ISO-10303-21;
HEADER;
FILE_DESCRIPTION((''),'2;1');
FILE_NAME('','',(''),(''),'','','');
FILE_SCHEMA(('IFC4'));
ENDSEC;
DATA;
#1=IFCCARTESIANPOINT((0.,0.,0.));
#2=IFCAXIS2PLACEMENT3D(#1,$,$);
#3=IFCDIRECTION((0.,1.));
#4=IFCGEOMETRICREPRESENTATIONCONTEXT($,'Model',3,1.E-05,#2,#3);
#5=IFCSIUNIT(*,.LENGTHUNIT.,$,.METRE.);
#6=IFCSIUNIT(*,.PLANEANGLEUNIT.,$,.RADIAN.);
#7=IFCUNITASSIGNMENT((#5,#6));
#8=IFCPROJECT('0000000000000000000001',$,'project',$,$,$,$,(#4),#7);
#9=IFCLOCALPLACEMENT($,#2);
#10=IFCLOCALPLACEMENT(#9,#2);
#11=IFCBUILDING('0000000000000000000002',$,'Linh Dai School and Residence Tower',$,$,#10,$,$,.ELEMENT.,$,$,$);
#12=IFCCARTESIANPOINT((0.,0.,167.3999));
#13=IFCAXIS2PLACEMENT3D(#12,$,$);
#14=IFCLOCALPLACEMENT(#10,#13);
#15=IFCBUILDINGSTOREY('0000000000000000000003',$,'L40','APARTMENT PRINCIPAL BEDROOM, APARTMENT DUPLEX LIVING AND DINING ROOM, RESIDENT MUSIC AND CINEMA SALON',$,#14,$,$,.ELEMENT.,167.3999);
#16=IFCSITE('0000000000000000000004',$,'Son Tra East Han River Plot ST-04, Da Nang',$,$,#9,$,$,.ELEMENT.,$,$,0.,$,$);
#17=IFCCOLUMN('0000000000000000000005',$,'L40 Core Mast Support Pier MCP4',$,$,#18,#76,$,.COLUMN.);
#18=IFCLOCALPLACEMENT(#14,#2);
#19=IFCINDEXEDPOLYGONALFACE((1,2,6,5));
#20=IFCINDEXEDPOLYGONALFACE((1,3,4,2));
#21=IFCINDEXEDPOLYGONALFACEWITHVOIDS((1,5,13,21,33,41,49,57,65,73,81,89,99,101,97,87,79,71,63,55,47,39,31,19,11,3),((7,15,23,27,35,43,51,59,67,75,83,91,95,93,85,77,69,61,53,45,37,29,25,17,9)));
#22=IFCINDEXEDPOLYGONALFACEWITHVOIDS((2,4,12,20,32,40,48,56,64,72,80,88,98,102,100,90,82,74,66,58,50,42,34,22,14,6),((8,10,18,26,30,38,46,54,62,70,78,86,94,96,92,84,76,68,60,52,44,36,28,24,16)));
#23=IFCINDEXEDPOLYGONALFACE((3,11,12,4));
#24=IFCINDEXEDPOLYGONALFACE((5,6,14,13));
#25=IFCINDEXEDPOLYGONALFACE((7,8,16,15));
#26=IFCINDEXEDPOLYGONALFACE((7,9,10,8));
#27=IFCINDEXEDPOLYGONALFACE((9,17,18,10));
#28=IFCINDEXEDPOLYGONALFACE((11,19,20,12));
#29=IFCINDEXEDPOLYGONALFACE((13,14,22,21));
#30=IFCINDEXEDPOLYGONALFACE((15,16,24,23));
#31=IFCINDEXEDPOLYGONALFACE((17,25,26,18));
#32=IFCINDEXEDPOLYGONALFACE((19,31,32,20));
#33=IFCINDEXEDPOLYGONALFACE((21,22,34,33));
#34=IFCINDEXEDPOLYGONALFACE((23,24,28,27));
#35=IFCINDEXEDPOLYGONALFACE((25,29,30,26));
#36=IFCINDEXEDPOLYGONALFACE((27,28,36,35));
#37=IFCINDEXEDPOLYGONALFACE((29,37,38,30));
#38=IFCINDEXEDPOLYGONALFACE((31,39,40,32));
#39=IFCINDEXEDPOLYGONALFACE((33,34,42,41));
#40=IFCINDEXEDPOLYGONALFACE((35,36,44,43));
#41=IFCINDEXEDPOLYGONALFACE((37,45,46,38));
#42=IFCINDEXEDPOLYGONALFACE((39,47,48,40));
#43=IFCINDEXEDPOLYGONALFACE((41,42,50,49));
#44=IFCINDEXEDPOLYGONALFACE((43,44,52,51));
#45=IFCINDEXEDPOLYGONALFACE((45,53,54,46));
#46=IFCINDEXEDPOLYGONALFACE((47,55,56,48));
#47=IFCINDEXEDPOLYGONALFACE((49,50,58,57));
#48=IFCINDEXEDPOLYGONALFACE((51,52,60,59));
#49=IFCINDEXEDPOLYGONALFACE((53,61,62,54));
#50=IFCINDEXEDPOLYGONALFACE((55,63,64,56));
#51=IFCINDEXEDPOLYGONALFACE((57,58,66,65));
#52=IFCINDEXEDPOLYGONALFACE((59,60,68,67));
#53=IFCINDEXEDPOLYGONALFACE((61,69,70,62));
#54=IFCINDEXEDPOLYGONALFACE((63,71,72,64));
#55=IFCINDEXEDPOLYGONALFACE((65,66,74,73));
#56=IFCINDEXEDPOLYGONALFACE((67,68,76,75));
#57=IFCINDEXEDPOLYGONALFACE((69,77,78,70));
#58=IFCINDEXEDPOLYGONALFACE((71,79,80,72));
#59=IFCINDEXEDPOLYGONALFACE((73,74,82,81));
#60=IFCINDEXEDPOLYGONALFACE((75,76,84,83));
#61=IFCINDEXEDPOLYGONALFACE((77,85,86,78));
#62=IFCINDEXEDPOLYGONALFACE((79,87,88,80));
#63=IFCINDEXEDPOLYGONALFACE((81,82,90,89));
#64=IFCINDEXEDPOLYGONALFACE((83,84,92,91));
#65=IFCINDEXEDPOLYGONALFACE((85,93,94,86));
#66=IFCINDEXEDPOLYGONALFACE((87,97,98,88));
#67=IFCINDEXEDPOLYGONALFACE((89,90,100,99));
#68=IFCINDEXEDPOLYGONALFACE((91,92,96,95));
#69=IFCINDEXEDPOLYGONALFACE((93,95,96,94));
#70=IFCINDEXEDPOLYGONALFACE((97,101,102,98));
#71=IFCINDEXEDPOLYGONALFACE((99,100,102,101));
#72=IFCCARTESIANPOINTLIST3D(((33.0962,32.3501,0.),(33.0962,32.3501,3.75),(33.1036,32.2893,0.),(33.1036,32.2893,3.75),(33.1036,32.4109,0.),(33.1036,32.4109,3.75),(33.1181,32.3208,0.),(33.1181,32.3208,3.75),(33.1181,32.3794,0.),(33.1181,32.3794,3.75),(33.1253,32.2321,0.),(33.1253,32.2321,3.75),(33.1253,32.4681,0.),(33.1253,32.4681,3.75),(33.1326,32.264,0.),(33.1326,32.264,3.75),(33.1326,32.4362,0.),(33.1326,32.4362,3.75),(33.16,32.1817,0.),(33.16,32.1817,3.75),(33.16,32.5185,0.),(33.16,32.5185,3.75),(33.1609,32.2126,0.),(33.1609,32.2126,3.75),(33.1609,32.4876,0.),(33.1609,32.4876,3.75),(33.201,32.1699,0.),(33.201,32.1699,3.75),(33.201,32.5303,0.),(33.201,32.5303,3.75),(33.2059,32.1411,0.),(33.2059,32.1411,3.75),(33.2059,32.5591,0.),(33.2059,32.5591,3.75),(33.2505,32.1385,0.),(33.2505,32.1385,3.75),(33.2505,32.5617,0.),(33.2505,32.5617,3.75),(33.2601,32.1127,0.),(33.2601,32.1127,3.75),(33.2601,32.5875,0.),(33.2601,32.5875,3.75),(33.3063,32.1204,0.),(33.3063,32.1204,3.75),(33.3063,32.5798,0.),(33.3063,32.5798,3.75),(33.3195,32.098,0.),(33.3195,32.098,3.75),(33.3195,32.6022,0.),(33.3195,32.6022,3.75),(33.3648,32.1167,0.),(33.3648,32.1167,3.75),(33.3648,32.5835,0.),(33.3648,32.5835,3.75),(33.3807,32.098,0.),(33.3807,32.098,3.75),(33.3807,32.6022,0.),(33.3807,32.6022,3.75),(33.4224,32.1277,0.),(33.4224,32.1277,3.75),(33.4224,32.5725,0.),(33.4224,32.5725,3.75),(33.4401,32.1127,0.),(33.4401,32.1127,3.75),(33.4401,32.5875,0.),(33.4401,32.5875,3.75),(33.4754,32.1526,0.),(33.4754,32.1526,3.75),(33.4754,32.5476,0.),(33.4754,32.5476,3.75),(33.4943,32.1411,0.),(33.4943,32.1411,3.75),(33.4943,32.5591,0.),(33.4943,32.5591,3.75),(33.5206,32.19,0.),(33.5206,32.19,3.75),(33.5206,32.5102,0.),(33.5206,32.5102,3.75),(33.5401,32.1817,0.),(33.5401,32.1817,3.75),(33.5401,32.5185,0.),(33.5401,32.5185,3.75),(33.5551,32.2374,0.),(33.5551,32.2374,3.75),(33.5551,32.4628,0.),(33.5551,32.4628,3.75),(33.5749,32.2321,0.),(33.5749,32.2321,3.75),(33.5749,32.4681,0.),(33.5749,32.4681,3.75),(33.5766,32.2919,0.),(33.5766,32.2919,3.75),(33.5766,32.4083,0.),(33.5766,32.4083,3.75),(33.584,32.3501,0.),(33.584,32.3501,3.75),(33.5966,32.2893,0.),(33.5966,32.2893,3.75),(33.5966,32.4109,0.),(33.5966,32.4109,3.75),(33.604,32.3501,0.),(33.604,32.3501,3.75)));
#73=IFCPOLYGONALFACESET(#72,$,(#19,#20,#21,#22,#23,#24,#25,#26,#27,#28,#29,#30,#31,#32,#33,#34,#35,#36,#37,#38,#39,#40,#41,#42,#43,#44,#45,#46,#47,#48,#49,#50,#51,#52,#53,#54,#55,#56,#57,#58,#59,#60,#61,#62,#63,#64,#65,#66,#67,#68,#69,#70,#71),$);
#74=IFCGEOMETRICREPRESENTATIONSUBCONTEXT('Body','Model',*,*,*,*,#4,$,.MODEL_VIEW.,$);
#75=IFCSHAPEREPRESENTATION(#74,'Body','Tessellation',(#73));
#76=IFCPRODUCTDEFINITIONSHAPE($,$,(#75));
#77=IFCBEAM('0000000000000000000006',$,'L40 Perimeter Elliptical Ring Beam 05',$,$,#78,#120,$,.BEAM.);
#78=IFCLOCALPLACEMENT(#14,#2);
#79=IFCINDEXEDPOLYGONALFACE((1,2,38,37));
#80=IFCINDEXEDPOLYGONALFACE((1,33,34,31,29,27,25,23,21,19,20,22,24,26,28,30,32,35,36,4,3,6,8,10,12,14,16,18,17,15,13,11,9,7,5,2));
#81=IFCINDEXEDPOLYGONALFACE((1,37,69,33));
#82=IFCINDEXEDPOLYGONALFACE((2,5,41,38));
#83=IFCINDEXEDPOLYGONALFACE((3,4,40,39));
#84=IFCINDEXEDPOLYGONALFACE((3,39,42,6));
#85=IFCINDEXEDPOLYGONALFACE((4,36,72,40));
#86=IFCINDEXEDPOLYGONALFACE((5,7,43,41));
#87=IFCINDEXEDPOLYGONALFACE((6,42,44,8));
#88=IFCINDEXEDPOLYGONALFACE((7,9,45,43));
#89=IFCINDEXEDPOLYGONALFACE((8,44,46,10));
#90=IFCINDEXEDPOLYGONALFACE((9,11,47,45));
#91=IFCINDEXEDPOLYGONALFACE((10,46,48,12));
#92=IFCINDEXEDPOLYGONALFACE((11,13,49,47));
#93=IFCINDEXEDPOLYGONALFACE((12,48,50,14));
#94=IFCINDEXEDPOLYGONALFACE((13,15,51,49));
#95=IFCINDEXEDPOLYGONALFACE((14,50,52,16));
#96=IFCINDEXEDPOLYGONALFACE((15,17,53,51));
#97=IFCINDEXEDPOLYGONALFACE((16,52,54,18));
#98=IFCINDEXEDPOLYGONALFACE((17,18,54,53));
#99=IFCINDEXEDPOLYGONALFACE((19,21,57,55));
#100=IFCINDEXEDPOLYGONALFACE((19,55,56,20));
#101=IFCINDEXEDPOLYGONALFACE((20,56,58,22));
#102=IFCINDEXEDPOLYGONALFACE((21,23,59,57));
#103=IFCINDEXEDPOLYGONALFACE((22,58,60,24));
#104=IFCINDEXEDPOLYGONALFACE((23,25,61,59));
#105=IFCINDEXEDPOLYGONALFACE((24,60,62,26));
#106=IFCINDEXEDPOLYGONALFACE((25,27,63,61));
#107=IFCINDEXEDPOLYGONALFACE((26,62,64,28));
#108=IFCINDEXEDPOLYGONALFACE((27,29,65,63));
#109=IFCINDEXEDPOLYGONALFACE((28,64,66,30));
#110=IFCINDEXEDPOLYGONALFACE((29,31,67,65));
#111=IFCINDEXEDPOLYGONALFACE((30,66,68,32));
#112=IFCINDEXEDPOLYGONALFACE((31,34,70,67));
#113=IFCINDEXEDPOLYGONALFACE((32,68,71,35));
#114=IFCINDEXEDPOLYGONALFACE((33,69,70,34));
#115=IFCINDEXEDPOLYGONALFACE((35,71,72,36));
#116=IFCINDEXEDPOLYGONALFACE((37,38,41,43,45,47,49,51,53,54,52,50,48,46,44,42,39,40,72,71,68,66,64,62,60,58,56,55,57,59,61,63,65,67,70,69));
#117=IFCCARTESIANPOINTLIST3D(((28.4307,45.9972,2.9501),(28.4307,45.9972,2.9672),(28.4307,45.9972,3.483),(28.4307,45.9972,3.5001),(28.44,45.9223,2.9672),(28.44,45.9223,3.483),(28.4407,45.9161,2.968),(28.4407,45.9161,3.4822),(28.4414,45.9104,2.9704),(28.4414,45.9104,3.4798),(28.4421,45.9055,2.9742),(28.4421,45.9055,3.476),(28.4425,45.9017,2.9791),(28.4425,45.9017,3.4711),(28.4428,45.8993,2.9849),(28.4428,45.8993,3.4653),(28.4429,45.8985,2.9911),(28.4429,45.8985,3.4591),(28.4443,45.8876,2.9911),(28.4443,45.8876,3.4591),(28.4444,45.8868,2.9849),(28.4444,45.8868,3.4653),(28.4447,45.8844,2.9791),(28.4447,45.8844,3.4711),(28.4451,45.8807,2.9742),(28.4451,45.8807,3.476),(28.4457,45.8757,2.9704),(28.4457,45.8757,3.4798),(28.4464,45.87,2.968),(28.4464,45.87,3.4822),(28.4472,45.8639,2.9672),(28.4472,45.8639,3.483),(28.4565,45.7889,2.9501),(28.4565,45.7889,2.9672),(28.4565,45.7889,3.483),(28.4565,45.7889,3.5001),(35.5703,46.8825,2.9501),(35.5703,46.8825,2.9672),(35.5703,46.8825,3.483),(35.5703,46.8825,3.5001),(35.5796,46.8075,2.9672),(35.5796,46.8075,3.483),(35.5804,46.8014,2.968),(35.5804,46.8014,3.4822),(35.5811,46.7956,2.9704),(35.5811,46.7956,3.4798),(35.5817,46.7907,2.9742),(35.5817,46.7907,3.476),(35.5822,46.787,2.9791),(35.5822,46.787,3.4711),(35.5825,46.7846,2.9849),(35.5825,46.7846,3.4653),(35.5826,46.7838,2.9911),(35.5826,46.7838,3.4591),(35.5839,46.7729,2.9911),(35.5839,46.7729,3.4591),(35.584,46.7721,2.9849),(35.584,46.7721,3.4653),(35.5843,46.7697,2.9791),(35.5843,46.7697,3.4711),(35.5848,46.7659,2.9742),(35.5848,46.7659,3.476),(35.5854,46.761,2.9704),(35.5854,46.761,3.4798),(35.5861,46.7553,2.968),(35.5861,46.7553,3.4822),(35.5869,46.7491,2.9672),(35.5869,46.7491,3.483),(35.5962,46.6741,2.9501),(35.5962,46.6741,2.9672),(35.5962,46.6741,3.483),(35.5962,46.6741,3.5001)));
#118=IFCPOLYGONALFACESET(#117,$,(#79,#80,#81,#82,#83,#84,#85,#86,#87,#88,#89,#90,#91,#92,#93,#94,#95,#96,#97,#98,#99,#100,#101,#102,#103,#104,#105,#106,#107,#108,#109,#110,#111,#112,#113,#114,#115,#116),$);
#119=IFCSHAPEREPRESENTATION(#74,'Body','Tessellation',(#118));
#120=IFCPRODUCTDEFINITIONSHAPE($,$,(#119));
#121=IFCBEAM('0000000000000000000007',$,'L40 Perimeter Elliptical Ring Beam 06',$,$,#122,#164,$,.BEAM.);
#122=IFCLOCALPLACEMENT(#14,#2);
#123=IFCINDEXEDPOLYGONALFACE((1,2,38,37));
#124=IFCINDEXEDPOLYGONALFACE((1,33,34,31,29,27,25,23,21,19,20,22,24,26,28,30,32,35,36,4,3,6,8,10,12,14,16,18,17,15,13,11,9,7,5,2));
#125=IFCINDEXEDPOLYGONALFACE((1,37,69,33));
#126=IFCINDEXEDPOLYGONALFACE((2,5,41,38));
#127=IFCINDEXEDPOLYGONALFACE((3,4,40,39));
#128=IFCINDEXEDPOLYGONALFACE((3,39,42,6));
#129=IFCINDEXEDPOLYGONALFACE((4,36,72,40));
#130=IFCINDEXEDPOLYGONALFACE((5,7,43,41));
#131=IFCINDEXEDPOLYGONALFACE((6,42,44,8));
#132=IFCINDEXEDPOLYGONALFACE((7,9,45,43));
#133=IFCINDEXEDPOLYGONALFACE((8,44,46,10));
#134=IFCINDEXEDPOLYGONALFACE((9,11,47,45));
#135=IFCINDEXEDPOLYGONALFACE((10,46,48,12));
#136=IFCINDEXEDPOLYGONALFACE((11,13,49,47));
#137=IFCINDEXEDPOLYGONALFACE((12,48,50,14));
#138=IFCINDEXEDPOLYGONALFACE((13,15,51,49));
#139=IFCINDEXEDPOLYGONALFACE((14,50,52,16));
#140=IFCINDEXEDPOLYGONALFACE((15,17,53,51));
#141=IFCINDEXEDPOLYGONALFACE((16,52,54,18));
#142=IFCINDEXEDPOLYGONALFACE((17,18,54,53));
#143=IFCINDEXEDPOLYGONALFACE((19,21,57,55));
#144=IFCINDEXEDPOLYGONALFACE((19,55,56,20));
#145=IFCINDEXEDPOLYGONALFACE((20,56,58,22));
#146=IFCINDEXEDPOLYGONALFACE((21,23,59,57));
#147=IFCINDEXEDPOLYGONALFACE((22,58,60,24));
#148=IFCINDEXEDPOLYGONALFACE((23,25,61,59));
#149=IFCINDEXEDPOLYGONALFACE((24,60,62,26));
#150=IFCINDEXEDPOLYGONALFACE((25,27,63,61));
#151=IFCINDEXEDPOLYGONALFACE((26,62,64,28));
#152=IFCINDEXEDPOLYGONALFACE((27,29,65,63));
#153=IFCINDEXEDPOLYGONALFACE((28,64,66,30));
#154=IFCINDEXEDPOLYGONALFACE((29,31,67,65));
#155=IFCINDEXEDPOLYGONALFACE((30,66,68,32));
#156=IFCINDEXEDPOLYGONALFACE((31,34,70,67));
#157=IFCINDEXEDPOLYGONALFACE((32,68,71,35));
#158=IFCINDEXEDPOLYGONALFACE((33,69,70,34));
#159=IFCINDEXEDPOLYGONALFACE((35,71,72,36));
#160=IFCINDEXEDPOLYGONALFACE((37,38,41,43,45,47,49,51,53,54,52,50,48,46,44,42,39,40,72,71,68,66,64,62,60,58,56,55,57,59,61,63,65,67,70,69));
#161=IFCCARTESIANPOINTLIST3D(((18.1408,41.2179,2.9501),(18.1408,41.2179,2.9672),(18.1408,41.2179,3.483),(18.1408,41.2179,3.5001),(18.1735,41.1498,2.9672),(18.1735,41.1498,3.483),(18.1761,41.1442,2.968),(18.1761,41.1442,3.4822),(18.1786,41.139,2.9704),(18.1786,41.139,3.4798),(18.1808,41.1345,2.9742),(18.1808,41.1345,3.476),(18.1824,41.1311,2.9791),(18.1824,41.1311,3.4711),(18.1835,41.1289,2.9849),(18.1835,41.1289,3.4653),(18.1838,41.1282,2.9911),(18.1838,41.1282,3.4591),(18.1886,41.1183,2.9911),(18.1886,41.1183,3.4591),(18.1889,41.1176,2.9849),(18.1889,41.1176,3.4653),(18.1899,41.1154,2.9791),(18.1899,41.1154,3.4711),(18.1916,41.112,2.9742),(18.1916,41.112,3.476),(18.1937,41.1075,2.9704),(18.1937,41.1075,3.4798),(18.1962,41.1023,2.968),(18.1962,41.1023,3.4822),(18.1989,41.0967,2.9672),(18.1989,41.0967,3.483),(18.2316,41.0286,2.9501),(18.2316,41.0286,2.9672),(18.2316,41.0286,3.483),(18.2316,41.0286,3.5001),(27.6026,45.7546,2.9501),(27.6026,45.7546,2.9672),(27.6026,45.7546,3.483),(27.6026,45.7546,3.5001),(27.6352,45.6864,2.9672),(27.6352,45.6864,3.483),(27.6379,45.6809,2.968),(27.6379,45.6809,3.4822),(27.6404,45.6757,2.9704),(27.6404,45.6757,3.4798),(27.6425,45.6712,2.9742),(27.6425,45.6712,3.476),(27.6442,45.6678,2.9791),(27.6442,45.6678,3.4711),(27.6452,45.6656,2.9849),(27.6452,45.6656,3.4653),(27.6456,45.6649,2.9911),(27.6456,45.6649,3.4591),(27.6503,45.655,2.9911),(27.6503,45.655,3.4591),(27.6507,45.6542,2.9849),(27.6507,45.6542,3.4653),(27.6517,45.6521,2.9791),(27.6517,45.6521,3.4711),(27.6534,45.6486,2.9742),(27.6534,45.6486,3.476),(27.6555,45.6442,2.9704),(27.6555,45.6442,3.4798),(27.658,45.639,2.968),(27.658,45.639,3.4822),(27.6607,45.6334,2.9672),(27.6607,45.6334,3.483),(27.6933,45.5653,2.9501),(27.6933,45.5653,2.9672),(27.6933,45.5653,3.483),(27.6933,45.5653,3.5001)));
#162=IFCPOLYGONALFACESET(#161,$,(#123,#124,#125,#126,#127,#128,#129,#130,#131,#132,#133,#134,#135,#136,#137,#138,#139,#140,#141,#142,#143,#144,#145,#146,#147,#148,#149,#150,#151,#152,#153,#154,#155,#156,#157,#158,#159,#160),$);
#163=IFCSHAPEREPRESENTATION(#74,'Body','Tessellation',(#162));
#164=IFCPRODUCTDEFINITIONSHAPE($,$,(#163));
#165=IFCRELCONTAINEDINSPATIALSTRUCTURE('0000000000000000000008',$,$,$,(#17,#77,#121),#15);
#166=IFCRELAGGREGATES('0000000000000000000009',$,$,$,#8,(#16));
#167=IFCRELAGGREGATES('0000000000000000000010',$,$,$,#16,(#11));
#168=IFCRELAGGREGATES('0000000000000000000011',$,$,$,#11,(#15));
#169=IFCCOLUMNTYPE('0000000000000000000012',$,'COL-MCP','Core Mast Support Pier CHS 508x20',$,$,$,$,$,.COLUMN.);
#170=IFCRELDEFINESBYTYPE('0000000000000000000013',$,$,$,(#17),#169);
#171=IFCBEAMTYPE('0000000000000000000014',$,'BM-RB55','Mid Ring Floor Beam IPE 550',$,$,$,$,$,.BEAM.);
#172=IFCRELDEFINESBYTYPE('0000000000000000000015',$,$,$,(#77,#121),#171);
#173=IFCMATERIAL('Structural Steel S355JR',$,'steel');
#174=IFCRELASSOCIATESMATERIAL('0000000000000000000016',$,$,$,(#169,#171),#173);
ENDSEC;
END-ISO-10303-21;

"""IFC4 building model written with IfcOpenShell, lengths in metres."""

from ifc_helpers import new_model, si_unit, direction, frame, origin, origin_2d, place, context, subcontext, project, spatial, hollow_circle, i_section, extrude, material, material_profile, profile_set, type_object, element, save


model = new_model("IFC4")

# Units and contexts
model_context = context("Model", 3, precision=1e-05, world=origin(), true_north=direction((0.0, 1.0)))
body_context = subcontext(model_context, "Body", "Model", "MODEL_VIEW")
ifc_project = project(units=[si_unit("LENGTHUNIT", "METRE"), si_unit("PLANEANGLEUNIT", "RADIAN")], contexts=[model_context])

# Site, building, storey
site_placement = place(None, origin())
site = spatial("IfcSite", under=ifc_project, at=site_placement, Name="Son Tra East Han River Plot ST-04, Da Nang", CompositionType="ELEMENT", RefElevation=0.0)
building_placement = place(site_placement, origin())
building = spatial("IfcBuilding", under=site, at=building_placement, Name="Linh Dai School and Residence Tower", CompositionType="ELEMENT")
storey_placement = place(building_placement, frame((0.0, 0.0, 167.3999)))
storey = spatial("IfcBuildingStorey", under=building, at=storey_placement, Name="L40", Description="APARTMENT PRINCIPAL BEDROOM, APARTMENT DUPLEX LIVING AND DINING ROOM, RESIDENT MUSIC AND CINEMA SALON", CompositionType="ELEMENT", Elevation=167.3999)

# Column
ifc_material_1 = material(Name="Structural Steel S355JR", Category="steel")
ifc_material_profile_1 = material_profile(ifc_material_1, hollow_circle(Radius=0.2539, WallThickness=0.02, at=origin_2d()), Name="CHS 508x20")
ifc_profile_set_1 = profile_set([ifc_material_profile_1], Name="Structural Steel S355JR")
column_type_1 = type_object("IfcColumnType", Name="COL-MCP", Description="Core Mast Support Pier CHS 508x20", PredefinedType="COLUMN", material=ifc_profile_set_1)
column_1_placement = place(storey_placement, frame((33.3501, 32.3501, 0.0), z_axis=(0.0, 0.0, 1.0), x_axis=(1.0, 0.0, 0.0)))
element("IfcColumn", 1, at=column_1_placement, inside=storey, type_object=column_type_1, Name="L40 Core Mast Support Pier MCP4", PredefinedType="COLUMN", context=body_context, shape_type="SweptSolid", body=[
    extrude(hollow_circle(Radius=0.2539, WallThickness=0.02, at=origin_2d()), origin(), (0.0, 0.0, 1.0), 3.75),
])

# Beams
ifc_material_profile_2 = material_profile(ifc_material_1, i_section(OverallWidth=0.21, OverallDepth=0.55, WebThickness=0.011, FlangeThickness=0.0171, FilletRadius=0.0239, at=origin_2d()), Name="IPE 550")
ifc_profile_set_2 = profile_set([ifc_material_profile_2], Name="Structural Steel S355JR")
beam_type_1 = type_object("IfcBeamType", Name="BM-RB55", Description="Mid Ring Floor Beam IPE 550", PredefinedType="BEAM", material=ifc_profile_set_2)
beam_1_placement = place(storey_placement, frame((35.5833, 46.7783, 3.2251), z_axis=(-0.992401, -0.123049, 0.0), x_axis=(0.123049, -0.992401, 0.0)))
element("IfcBeam", 2, at=beam_1_placement, inside=storey, type_object=beam_type_1, Name="L40 Perimeter Elliptical Ring Beam 05", PredefinedType="BEAM", context=body_context, shape_type="SweptSolid", body=[
    extrude(i_section(OverallWidth=0.21, OverallDepth=0.55, WebThickness=0.011, FlangeThickness=0.0171, FilletRadius=0.0239, at=origin_2d()), origin(), (0.0, 0.0, 1.0), 7.1943),
])
beam_2_placement = place(storey_placement, frame((27.6479, 45.6599, 3.2251), z_axis=(-0.901708, -0.432345, 0.0), x_axis=(0.432345, -0.901708, 0.0)))
element("IfcBeam", 3, at=beam_2_placement, inside=storey, type_object=beam_type_1, Name="L40 Perimeter Elliptical Ring Beam 06", PredefinedType="BEAM", context=body_context, shape_type="SweptSolid", body=[
    extrude(i_section(OverallWidth=0.21, OverallDepth=0.55, WebThickness=0.011, FlangeThickness=0.0171, FilletRadius=0.0239, at=origin_2d()), origin(), (0.0, 0.0, 1.0), 10.4932),
])

save(model, "model.ifc")
